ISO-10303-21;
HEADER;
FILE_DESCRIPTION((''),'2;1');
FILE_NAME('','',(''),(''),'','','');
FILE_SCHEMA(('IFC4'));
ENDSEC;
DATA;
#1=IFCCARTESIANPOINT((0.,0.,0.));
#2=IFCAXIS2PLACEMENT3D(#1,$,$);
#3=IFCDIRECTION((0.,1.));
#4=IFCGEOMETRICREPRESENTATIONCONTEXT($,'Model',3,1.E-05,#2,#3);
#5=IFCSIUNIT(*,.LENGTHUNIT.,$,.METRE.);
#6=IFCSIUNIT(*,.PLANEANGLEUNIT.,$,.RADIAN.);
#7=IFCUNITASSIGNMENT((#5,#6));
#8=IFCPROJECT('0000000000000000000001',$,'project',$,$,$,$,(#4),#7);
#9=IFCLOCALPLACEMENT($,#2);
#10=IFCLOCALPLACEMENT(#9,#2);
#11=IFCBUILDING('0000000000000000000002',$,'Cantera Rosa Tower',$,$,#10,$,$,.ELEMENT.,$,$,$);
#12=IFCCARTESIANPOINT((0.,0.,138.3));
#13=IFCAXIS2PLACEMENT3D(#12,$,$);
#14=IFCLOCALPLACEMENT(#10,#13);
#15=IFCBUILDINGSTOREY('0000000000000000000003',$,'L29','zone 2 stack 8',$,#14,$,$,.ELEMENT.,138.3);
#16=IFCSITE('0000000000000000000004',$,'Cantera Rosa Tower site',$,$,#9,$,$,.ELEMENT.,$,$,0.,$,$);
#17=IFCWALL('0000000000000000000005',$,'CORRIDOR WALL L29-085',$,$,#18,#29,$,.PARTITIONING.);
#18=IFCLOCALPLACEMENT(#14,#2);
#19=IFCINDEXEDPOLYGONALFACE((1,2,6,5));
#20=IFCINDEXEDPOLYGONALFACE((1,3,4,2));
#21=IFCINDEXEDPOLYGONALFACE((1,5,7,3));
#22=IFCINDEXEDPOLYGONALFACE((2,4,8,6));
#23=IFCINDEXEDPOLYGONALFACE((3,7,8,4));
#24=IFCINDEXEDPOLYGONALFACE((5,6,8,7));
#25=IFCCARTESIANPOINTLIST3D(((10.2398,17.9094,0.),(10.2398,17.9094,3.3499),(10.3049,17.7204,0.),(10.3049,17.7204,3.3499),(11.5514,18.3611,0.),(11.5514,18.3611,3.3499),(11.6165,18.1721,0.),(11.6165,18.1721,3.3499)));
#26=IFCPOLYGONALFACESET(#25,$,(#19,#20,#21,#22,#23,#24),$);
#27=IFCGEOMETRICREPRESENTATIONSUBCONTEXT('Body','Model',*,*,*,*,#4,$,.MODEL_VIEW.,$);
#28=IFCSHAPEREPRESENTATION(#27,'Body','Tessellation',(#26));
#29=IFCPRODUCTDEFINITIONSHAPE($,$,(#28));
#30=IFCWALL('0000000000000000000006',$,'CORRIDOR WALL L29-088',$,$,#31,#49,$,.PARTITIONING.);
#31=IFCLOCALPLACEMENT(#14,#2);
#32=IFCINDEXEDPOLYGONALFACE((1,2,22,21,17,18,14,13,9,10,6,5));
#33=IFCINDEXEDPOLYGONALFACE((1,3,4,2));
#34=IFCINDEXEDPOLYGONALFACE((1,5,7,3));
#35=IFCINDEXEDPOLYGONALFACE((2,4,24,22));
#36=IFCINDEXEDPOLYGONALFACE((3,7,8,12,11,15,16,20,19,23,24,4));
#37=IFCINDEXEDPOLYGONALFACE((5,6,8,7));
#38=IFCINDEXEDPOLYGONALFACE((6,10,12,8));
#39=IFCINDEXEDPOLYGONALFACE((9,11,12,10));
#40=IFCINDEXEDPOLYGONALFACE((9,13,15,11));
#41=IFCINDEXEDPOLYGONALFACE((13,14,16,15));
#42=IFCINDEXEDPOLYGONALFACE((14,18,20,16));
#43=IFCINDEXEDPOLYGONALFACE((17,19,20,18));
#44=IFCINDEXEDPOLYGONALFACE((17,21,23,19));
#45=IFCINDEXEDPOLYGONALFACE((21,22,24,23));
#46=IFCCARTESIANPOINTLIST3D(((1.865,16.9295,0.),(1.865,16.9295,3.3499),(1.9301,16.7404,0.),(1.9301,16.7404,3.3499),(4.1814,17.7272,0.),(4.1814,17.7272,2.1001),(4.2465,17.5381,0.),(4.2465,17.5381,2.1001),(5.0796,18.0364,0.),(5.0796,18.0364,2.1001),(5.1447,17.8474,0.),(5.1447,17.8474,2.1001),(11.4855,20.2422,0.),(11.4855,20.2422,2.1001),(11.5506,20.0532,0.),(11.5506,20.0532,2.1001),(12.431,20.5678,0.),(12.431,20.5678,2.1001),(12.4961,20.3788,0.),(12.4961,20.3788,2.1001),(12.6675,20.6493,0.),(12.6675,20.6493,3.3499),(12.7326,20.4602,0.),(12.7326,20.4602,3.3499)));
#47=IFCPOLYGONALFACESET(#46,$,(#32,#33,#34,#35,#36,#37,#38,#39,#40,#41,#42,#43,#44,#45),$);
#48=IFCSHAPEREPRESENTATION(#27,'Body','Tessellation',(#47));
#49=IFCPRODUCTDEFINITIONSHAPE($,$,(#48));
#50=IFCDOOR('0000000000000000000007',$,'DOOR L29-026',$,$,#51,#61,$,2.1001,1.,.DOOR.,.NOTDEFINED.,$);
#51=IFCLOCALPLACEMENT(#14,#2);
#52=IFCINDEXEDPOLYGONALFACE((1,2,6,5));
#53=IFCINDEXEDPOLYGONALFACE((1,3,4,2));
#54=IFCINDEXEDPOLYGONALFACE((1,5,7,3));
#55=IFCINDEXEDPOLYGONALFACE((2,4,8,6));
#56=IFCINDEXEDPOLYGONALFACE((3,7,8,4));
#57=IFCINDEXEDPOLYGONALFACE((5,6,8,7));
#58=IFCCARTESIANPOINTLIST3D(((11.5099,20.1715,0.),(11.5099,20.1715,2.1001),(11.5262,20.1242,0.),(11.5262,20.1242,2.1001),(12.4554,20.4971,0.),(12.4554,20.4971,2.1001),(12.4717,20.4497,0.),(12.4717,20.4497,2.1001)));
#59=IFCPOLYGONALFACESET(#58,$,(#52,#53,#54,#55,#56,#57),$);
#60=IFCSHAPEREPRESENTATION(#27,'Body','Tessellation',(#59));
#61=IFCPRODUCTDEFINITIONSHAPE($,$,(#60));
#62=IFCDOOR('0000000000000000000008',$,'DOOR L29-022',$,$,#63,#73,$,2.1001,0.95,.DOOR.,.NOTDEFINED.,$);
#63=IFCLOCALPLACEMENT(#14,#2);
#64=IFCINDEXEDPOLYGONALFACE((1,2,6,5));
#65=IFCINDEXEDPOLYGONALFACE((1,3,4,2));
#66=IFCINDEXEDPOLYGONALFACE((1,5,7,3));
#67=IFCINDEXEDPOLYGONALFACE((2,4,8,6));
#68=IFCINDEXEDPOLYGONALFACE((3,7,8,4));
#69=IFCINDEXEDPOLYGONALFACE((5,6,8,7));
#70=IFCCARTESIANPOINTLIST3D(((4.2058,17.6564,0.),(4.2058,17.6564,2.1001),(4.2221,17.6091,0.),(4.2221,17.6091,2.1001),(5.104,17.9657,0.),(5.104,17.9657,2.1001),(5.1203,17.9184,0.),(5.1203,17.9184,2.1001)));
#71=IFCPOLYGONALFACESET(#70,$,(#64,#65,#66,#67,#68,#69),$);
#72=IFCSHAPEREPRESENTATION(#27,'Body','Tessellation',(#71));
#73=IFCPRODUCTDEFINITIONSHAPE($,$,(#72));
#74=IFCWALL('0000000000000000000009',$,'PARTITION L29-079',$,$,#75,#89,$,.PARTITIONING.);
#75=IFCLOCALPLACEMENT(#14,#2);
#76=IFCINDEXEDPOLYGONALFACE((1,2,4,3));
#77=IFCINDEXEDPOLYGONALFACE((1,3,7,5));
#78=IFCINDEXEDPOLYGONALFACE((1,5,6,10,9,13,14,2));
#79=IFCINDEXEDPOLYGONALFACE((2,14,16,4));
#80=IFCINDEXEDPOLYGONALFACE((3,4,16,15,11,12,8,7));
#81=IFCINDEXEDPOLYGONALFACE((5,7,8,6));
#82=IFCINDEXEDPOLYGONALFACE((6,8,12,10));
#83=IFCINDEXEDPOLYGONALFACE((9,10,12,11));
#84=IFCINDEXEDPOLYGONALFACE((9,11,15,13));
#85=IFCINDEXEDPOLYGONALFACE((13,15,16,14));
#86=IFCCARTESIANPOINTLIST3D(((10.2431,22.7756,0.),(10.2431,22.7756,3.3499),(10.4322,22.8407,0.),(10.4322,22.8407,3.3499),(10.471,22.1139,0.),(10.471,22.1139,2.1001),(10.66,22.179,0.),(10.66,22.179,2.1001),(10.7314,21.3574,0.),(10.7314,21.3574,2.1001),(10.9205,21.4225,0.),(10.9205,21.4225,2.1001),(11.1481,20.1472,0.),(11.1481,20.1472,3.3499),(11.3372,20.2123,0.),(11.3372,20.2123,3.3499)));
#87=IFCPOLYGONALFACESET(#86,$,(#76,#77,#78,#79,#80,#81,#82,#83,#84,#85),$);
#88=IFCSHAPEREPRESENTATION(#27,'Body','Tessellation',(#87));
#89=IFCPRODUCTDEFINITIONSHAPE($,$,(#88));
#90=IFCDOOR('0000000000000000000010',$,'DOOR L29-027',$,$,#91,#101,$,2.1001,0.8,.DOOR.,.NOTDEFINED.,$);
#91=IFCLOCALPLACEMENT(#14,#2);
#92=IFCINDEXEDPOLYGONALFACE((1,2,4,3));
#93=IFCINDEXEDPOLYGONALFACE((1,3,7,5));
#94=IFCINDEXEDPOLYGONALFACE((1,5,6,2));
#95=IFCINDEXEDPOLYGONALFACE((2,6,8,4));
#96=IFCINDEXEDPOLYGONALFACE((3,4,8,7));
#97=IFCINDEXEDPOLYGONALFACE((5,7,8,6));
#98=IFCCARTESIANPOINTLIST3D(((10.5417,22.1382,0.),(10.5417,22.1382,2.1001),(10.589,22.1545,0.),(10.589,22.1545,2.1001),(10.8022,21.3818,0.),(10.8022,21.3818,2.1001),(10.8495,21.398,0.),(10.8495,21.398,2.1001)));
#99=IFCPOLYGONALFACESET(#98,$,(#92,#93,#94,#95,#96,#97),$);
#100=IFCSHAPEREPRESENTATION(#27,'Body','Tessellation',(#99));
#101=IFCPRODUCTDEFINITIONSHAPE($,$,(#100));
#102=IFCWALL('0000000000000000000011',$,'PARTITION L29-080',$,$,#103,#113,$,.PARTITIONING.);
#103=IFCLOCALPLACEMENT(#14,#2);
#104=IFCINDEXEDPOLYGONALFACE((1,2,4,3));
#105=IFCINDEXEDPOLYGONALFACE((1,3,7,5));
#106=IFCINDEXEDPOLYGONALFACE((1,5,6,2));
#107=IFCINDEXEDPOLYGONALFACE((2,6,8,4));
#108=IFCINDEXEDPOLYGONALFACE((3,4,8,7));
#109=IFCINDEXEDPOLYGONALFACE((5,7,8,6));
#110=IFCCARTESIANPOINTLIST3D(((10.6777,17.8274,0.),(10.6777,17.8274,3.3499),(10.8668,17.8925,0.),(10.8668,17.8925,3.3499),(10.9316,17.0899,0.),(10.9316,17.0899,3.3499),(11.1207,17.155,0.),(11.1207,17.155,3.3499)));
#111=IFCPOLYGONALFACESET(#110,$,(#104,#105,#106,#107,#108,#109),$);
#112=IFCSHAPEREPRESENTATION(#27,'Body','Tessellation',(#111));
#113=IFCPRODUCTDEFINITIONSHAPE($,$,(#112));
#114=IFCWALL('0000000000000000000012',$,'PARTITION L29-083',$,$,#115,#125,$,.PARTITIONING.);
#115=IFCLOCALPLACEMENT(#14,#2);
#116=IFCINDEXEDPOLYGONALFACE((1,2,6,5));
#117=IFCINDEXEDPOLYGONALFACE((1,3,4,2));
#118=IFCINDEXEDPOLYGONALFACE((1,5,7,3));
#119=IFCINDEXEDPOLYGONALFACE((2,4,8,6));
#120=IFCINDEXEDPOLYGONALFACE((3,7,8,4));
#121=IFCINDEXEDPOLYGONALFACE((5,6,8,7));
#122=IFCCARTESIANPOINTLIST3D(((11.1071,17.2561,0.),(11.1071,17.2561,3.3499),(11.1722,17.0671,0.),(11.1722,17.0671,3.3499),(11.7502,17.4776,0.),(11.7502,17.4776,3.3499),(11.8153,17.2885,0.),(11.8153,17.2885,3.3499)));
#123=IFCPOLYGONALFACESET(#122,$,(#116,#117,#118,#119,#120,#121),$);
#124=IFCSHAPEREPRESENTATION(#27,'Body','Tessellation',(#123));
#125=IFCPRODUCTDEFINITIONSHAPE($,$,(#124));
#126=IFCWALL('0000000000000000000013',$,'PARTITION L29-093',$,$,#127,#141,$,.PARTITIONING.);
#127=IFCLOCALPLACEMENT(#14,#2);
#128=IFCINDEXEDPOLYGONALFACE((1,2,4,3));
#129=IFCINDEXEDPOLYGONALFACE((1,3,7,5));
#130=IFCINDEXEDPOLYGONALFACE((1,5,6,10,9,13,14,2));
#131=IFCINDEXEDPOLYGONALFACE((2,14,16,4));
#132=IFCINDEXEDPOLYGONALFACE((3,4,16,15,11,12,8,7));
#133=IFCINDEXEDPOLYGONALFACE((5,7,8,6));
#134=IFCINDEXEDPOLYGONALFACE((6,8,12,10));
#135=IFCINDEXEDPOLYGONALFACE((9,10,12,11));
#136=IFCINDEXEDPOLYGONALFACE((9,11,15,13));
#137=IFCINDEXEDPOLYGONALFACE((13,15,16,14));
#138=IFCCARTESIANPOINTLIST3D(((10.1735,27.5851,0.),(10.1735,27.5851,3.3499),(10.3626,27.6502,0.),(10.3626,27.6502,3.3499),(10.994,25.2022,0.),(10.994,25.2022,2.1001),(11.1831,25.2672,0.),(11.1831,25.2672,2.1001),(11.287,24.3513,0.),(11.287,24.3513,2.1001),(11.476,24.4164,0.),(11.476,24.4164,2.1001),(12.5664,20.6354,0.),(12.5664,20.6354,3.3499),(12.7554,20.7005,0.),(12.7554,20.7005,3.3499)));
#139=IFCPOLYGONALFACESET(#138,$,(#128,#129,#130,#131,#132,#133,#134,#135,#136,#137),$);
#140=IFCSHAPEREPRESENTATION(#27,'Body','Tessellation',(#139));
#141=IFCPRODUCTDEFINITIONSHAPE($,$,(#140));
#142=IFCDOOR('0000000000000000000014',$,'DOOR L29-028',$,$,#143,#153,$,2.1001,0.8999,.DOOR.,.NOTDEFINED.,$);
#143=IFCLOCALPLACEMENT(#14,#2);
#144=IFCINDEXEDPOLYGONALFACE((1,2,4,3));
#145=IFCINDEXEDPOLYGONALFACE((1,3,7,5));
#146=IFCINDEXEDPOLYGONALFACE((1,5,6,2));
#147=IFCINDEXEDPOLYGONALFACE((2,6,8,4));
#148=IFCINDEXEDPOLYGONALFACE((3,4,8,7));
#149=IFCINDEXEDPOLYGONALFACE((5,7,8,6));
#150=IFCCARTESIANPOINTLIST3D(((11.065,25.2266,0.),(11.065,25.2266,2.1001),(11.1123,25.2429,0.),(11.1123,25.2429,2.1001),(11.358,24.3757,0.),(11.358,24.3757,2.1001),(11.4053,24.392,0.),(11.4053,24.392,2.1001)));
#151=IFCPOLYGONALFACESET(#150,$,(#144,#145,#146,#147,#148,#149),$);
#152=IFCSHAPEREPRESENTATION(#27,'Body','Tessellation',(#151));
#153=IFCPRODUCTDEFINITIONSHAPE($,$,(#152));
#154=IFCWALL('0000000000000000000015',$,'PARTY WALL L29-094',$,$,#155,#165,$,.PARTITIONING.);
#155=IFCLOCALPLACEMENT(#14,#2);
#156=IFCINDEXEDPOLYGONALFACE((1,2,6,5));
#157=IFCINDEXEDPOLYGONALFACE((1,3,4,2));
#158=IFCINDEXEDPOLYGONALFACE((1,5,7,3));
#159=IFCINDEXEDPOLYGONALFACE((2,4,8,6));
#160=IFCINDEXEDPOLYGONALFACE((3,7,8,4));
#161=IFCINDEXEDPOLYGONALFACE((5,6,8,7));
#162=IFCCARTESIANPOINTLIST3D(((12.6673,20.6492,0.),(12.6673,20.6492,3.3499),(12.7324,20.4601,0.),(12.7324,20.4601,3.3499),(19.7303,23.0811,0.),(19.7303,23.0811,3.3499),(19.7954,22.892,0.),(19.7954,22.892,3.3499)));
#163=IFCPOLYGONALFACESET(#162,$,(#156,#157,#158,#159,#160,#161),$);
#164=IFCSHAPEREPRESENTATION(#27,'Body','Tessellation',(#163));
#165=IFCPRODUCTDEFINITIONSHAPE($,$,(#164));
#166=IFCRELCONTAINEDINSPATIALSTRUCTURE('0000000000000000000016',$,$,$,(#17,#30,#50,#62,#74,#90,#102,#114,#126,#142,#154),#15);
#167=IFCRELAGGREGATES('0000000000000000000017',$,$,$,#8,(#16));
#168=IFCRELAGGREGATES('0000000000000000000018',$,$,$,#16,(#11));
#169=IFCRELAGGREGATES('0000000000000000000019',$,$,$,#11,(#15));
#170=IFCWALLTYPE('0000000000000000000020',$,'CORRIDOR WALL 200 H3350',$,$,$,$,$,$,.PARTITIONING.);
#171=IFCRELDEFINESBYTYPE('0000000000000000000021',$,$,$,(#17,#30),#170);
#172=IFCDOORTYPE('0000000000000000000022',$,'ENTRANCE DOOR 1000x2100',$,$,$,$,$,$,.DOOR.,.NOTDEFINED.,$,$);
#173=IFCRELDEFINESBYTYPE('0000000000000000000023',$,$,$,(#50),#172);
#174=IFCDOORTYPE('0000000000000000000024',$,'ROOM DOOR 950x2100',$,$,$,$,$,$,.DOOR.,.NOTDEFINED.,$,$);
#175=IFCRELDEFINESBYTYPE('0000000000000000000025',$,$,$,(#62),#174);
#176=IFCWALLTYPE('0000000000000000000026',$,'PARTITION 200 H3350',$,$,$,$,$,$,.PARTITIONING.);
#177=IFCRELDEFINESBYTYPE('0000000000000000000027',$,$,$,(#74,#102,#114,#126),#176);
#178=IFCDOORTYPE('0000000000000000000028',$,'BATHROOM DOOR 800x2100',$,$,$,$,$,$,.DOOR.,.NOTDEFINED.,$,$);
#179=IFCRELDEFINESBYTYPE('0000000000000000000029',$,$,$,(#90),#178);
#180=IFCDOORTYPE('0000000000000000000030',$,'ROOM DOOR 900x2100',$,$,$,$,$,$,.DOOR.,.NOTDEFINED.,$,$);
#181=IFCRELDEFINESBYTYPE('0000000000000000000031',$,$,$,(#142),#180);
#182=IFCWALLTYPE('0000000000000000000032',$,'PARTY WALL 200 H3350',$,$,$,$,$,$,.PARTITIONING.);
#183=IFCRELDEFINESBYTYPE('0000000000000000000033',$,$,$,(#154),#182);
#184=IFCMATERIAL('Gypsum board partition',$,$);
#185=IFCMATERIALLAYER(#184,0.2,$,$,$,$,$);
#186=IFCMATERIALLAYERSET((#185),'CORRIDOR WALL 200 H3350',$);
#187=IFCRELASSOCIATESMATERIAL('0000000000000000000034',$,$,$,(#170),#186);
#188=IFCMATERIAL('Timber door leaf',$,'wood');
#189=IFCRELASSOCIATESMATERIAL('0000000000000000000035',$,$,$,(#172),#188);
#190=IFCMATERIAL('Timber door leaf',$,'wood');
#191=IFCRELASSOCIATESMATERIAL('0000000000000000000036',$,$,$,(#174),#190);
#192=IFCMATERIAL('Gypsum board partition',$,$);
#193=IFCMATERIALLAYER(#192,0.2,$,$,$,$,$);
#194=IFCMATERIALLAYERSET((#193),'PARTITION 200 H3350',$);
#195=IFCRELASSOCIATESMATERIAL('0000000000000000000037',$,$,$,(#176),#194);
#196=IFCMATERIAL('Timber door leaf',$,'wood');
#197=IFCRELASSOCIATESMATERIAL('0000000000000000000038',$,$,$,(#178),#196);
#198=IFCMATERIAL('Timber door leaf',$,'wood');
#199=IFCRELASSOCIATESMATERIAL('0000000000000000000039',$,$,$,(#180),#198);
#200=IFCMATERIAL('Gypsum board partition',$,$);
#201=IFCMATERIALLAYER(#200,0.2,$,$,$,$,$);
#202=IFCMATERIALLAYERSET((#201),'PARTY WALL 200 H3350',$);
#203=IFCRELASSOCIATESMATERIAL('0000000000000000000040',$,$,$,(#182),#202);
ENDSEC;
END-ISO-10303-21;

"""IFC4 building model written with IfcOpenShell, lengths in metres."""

from ifc_helpers import new_model, si_unit, direction, frame, frame_2d, origin, place, context, subcontext, project, spatial, rectangle, extrude, material, layer, layer_set, type_object, element, fill, save


model = new_model("IFC4")

# Units and contexts
model_context = context("Model", 3, precision=1e-05, world=origin(), true_north=direction((0.0, 1.0)))
body_context = subcontext(model_context, "Body", "Model", "MODEL_VIEW")
ifc_project = project(units=[si_unit("LENGTHUNIT", "METRE"), si_unit("PLANEANGLEUNIT", "RADIAN")], contexts=[model_context])

# Site, building, storey
site_placement = place(None, origin())
site = spatial("IfcSite", under=ifc_project, at=site_placement, Name="Cantera Rosa Tower site", CompositionType="ELEMENT", RefElevation=0.0)
building_placement = place(site_placement, origin())
building = spatial("IfcBuilding", under=site, at=building_placement, Name="Cantera Rosa Tower", CompositionType="ELEMENT")
storey_placement = place(building_placement, frame((0.0, 0.0, 138.3)))
storey = spatial("IfcBuildingStorey", under=building, at=storey_placement, Name="L29", Description="zone 2 stack 8", CompositionType="ELEMENT", Elevation=138.3)

# Wall
ifc_material_1 = material(Name="Gypsum board partition")
ifc_layer_1 = layer(ifc_material_1, 0.2)
ifc_layer_set_1 = layer_set([ifc_layer_1], Name="CORRIDOR WALL 200 H3350")
wall_type_1 = type_object("IfcWallType", Name="CORRIDOR WALL 200 H3350", PredefinedType="PARTITIONING", material=ifc_layer_set_1)
wall_1_placement = place(storey_placement, frame((11.584, 18.2666, 0.0), z_axis=(0.0, 0.0, 1.0), x_axis=(-0.945504, -0.325611, 0.0)))
element("IfcWall", 1, at=wall_1_placement, inside=storey, type_object=wall_type_1, Name="CORRIDOR WALL L29-085", PredefinedType="PARTITIONING", context=body_context, shape_type="SweptSolid", body=[
    extrude(rectangle(XDim=1.3872, YDim=0.2, at=frame_2d((0.6936, 0.0))), origin(), (0.0, 0.0, 1.0), 3.3499),
])

# Wall, openings, doors
wall_2_placement = place(storey_placement, frame((12.7, 20.5547, 0.0), z_axis=(0.0, 0.0, 1.0), x_axis=(-0.945515, -0.325578, 0.0)))
wall_2 = element("IfcWall", 2, at=wall_2_placement, inside=storey, type_object=wall_type_1, Name="CORRIDOR WALL L29-088", PredefinedType="PARTITIONING", context=body_context, shape_type="SweptSolid", body=[
    extrude(rectangle(XDim=11.425, YDim=0.2, at=frame_2d((5.7124, 0.0))), origin(), (0.0, 0.0, 1.0), 3.3499),
])
opening_1_placement = place(wall_2_placement, frame((8.0249, 0.0, 0.0)))
opening_1 = element("IfcOpeningElement", 3, at=opening_1_placement, cuts=wall_2, PredefinedType="OPENING", context=body_context, shape_type="SweptSolid", body=[
    extrude(rectangle(XDim=0.95, YDim=2.1001, at=frame_2d((0.4751, 1.05))), frame((0.0, 0.1099, 0.0), z_axis=(0.0, -1.0, 0.0), x_axis=(1.0, 0.0, 0.0)), (0.0, 0.0, 1.0), 0.22),
])
opening_2_placement = place(wall_2_placement, frame((0.25, 0.0, 0.0)))
opening_2 = element("IfcOpeningElement", 4, at=opening_2_placement, cuts=wall_2, PredefinedType="OPENING", context=body_context, shape_type="SweptSolid", body=[
    extrude(rectangle(XDim=1.0, YDim=2.1001, at=frame_2d((0.5, 1.05))), frame((0.0, 0.1099, 0.0), z_axis=(0.0, -1.0, 0.0), x_axis=(1.0, 0.0, 0.0)), (0.0, 0.0, 1.0), 0.22),
])
ifc_material_2 = material(Name="Timber door leaf", Category="wood")
door_type_1 = type_object("IfcDoorType", Name="ENTRANCE DOOR 1000x2100", OperationType="NOTDEFINED", PredefinedType="DOOR", material=ifc_material_2)
door_1_placement = place(opening_2_placement, origin())
door_1 = element("IfcDoor", 5, at=door_1_placement, inside=storey, type_object=door_type_1, Name="DOOR L29-026", OperationType="NOTDEFINED", OverallHeight=2.1001, OverallWidth=1.0, PredefinedType="DOOR", context=body_context, shape_type="SweptSolid", body=[
    extrude(rectangle(XDim=1.0, YDim=2.1001, at=frame_2d((0.5, 1.05))), frame((0.0, 0.0249, 0.0), z_axis=(0.0, -1.0, 0.0), x_axis=(1.0, 0.0, 0.0)), (0.0, 0.0, 1.0), 0.05),
])
fill(opening_2, door_1)
ifc_material_3 = material(Name="Timber door leaf", Category="wood")
door_type_2 = type_object("IfcDoorType", Name="ROOM DOOR 950x2100", OperationType="NOTDEFINED", PredefinedType="DOOR", material=ifc_material_3)
door_2_placement = place(opening_1_placement, origin())
door_2 = element("IfcDoor", 6, at=door_2_placement, inside=storey, type_object=door_type_2, Name="DOOR L29-022", OperationType="NOTDEFINED", OverallHeight=2.1001, OverallWidth=0.95, PredefinedType="DOOR", context=body_context, shape_type="SweptSolid", body=[
    extrude(rectangle(XDim=0.95, YDim=2.1001, at=frame_2d((0.4751, 1.05))), frame((0.0, 0.0249, 0.0), z_axis=(0.0, -1.0, 0.0), x_axis=(1.0, 0.0, 0.0)), (0.0, 0.0, 1.0), 0.05),
])
fill(opening_1, door_2)

# Wall, opening, door
ifc_material_4 = material(Name="Gypsum board partition")
ifc_layer_2 = layer(ifc_material_4, 0.2)
ifc_layer_set_2 = layer_set([ifc_layer_2], Name="PARTITION 200 H3350")
wall_type_2 = type_object("IfcWallType", Name="PARTITION 200 H3350", PredefinedType="PARTITIONING", material=ifc_layer_set_2)
wall_3_placement = place(storey_placement, frame((10.3376, 22.8081, 0.0), z_axis=(0.0, 0.0, 1.0), x_axis=(0.325566, -0.945519, 0.0)))
wall_3 = element("IfcWall", 7, at=wall_3_placement, inside=storey, type_object=wall_type_2, Name="PARTITION L29-079", PredefinedType="PARTITIONING", context=body_context, shape_type="SweptSolid", body=[
    extrude(rectangle(XDim=2.7798, YDim=0.2, at=frame_2d((1.3899, 0.0))), origin(), (0.0, 0.0, 1.0), 3.3499),
])
opening_3_placement = place(wall_3_placement, frame((0.7, 0.0, 0.0)))
opening_3 = element("IfcOpeningElement", 8, at=opening_3_placement, cuts=wall_3, PredefinedType="OPENING", context=body_context, shape_type="SweptSolid", body=[
    extrude(rectangle(XDim=0.8, YDim=2.1001, at=frame_2d((0.3999, 1.05))), frame((0.0, 0.1099, 0.0), z_axis=(0.0, -1.0, 0.0), x_axis=(1.0, 0.0, 0.0)), (0.0, 0.0, 1.0), 0.22),
])
ifc_material_5 = material(Name="Timber door leaf", Category="wood")
door_type_3 = type_object("IfcDoorType", Name="BATHROOM DOOR 800x2100", OperationType="NOTDEFINED", PredefinedType="DOOR", material=ifc_material_5)
door_3_placement = place(opening_3_placement, origin())
door_3 = element("IfcDoor", 9, at=door_3_placement, inside=storey, type_object=door_type_3, Name="DOOR L29-027", OperationType="NOTDEFINED", OverallHeight=2.1001, OverallWidth=0.8, PredefinedType="DOOR", context=body_context, shape_type="SweptSolid", body=[
    extrude(rectangle(XDim=0.8, YDim=2.1001, at=frame_2d((0.3999, 1.05))), frame((0.0, 0.0249, 0.0), z_axis=(0.0, -1.0, 0.0), x_axis=(1.0, 0.0, 0.0)), (0.0, 0.0, 1.0), 0.05),
])
fill(opening_3, door_3)

# Walls
wall_4_placement = place(storey_placement, frame((10.7722, 17.8601, 0.0), z_axis=(0.0, 0.0, 1.0), x_axis=(0.325508, -0.945539, 0.0)))
element("IfcWall", 10, at=wall_4_placement, inside=storey, type_object=wall_type_2, Name="PARTITION L29-080", PredefinedType="PARTITIONING", context=body_context, shape_type="SweptSolid", body=[
    extrude(rectangle(XDim=0.78, YDim=0.2, at=frame_2d((0.3901, 0.0))), origin(), (0.0, 0.0, 1.0), 3.3499),
])
wall_5_placement = place(storey_placement, frame((11.1396, 17.1616, 0.0), z_axis=(0.0, 0.0, 1.0), x_axis=(0.945514, 0.325581, 0.0)))
element("IfcWall", 11, at=wall_5_placement, inside=storey, type_object=wall_type_2, Name="PARTITION L29-083", PredefinedType="PARTITIONING", context=body_context, shape_type="SweptSolid", body=[
    extrude(rectangle(XDim=0.6802, YDim=0.2, at=frame_2d((0.3401, 0.0))), origin(), (0.0, 0.0, 1.0), 3.3499),
])

# Wall, opening, door
wall_6_placement = place(storey_placement, frame((12.6609, 20.668, 0.0), z_axis=(0.0, 0.0, 1.0), x_axis=(-0.325549, 0.945525, 0.0)))
wall_6 = element("IfcWall", 12, at=wall_6_placement, inside=storey, type_object=wall_type_2, Name="PARTITION L29-093", PredefinedType="PARTITIONING", context=body_context, shape_type="SweptSolid", body=[
    extrude(rectangle(XDim=7.3501, YDim=0.2, at=frame_2d((3.675, 0.0))), origin(), (0.0, 0.0, 1.0), 3.3499),
])
opening_4_placement = place(wall_6_placement, frame((3.9299, 0.0, 0.0)))
opening_4 = element("IfcOpeningElement", 13, at=opening_4_placement, cuts=wall_6, PredefinedType="OPENING", context=body_context, shape_type="SweptSolid", body=[
    extrude(rectangle(XDim=0.8999, YDim=2.1001, at=frame_2d((0.45, 1.05))), frame((0.0, 0.1099, 0.0), z_axis=(0.0, -1.0, 0.0), x_axis=(1.0, 0.0, 0.0)), (0.0, 0.0, 1.0), 0.22),
])
ifc_material_6 = material(Name="Timber door leaf", Category="wood")
door_type_4 = type_object("IfcDoorType", Name="ROOM DOOR 900x2100", OperationType="NOTDEFINED", PredefinedType="DOOR", material=ifc_material_6)
door_4_placement = place(opening_4_placement, origin())
door_4 = element("IfcDoor", 14, at=door_4_placement, inside=storey, type_object=door_type_4, Name="DOOR L29-028", OperationType="NOTDEFINED", OverallHeight=2.1001, OverallWidth=0.8999, PredefinedType="DOOR", context=body_context, shape_type="SweptSolid", body=[
    extrude(rectangle(XDim=0.8999, YDim=2.1001, at=frame_2d((0.45, 1.05))), frame((0.0, 0.0249, 0.0), z_axis=(0.0, -1.0, 0.0), x_axis=(1.0, 0.0, 0.0)), (0.0, 0.0, 1.0), 0.05),
])
fill(opening_4, door_4)

# Wall
ifc_material_7 = material(Name="Gypsum board partition")
ifc_layer_3 = layer(ifc_material_7, 0.2)
ifc_layer_set_3 = layer_set([ifc_layer_3], Name="PARTY WALL 200 H3350")
wall_type_3 = type_object("IfcWallType", Name="PARTY WALL 200 H3350", PredefinedType="PARTITIONING", material=ifc_layer_set_3)
wall_7_placement = place(storey_placement, frame((12.7, 20.5547, 0.0), z_axis=(0.0, 0.0, 1.0), x_axis=(0.945523, 0.325557, 0.0)))
element("IfcWall", 15, at=wall_7_placement, inside=storey, type_object=wall_type_3, Name="PARTY WALL L29-094", PredefinedType="PARTITIONING", context=body_context, shape_type="SweptSolid", body=[
    extrude(rectangle(XDim=7.47, YDim=0.2, at=frame_2d((3.7349, 0.0))), origin(), (0.0, 0.0, 1.0), 3.3499),
])

save(model, "model.ifc")
